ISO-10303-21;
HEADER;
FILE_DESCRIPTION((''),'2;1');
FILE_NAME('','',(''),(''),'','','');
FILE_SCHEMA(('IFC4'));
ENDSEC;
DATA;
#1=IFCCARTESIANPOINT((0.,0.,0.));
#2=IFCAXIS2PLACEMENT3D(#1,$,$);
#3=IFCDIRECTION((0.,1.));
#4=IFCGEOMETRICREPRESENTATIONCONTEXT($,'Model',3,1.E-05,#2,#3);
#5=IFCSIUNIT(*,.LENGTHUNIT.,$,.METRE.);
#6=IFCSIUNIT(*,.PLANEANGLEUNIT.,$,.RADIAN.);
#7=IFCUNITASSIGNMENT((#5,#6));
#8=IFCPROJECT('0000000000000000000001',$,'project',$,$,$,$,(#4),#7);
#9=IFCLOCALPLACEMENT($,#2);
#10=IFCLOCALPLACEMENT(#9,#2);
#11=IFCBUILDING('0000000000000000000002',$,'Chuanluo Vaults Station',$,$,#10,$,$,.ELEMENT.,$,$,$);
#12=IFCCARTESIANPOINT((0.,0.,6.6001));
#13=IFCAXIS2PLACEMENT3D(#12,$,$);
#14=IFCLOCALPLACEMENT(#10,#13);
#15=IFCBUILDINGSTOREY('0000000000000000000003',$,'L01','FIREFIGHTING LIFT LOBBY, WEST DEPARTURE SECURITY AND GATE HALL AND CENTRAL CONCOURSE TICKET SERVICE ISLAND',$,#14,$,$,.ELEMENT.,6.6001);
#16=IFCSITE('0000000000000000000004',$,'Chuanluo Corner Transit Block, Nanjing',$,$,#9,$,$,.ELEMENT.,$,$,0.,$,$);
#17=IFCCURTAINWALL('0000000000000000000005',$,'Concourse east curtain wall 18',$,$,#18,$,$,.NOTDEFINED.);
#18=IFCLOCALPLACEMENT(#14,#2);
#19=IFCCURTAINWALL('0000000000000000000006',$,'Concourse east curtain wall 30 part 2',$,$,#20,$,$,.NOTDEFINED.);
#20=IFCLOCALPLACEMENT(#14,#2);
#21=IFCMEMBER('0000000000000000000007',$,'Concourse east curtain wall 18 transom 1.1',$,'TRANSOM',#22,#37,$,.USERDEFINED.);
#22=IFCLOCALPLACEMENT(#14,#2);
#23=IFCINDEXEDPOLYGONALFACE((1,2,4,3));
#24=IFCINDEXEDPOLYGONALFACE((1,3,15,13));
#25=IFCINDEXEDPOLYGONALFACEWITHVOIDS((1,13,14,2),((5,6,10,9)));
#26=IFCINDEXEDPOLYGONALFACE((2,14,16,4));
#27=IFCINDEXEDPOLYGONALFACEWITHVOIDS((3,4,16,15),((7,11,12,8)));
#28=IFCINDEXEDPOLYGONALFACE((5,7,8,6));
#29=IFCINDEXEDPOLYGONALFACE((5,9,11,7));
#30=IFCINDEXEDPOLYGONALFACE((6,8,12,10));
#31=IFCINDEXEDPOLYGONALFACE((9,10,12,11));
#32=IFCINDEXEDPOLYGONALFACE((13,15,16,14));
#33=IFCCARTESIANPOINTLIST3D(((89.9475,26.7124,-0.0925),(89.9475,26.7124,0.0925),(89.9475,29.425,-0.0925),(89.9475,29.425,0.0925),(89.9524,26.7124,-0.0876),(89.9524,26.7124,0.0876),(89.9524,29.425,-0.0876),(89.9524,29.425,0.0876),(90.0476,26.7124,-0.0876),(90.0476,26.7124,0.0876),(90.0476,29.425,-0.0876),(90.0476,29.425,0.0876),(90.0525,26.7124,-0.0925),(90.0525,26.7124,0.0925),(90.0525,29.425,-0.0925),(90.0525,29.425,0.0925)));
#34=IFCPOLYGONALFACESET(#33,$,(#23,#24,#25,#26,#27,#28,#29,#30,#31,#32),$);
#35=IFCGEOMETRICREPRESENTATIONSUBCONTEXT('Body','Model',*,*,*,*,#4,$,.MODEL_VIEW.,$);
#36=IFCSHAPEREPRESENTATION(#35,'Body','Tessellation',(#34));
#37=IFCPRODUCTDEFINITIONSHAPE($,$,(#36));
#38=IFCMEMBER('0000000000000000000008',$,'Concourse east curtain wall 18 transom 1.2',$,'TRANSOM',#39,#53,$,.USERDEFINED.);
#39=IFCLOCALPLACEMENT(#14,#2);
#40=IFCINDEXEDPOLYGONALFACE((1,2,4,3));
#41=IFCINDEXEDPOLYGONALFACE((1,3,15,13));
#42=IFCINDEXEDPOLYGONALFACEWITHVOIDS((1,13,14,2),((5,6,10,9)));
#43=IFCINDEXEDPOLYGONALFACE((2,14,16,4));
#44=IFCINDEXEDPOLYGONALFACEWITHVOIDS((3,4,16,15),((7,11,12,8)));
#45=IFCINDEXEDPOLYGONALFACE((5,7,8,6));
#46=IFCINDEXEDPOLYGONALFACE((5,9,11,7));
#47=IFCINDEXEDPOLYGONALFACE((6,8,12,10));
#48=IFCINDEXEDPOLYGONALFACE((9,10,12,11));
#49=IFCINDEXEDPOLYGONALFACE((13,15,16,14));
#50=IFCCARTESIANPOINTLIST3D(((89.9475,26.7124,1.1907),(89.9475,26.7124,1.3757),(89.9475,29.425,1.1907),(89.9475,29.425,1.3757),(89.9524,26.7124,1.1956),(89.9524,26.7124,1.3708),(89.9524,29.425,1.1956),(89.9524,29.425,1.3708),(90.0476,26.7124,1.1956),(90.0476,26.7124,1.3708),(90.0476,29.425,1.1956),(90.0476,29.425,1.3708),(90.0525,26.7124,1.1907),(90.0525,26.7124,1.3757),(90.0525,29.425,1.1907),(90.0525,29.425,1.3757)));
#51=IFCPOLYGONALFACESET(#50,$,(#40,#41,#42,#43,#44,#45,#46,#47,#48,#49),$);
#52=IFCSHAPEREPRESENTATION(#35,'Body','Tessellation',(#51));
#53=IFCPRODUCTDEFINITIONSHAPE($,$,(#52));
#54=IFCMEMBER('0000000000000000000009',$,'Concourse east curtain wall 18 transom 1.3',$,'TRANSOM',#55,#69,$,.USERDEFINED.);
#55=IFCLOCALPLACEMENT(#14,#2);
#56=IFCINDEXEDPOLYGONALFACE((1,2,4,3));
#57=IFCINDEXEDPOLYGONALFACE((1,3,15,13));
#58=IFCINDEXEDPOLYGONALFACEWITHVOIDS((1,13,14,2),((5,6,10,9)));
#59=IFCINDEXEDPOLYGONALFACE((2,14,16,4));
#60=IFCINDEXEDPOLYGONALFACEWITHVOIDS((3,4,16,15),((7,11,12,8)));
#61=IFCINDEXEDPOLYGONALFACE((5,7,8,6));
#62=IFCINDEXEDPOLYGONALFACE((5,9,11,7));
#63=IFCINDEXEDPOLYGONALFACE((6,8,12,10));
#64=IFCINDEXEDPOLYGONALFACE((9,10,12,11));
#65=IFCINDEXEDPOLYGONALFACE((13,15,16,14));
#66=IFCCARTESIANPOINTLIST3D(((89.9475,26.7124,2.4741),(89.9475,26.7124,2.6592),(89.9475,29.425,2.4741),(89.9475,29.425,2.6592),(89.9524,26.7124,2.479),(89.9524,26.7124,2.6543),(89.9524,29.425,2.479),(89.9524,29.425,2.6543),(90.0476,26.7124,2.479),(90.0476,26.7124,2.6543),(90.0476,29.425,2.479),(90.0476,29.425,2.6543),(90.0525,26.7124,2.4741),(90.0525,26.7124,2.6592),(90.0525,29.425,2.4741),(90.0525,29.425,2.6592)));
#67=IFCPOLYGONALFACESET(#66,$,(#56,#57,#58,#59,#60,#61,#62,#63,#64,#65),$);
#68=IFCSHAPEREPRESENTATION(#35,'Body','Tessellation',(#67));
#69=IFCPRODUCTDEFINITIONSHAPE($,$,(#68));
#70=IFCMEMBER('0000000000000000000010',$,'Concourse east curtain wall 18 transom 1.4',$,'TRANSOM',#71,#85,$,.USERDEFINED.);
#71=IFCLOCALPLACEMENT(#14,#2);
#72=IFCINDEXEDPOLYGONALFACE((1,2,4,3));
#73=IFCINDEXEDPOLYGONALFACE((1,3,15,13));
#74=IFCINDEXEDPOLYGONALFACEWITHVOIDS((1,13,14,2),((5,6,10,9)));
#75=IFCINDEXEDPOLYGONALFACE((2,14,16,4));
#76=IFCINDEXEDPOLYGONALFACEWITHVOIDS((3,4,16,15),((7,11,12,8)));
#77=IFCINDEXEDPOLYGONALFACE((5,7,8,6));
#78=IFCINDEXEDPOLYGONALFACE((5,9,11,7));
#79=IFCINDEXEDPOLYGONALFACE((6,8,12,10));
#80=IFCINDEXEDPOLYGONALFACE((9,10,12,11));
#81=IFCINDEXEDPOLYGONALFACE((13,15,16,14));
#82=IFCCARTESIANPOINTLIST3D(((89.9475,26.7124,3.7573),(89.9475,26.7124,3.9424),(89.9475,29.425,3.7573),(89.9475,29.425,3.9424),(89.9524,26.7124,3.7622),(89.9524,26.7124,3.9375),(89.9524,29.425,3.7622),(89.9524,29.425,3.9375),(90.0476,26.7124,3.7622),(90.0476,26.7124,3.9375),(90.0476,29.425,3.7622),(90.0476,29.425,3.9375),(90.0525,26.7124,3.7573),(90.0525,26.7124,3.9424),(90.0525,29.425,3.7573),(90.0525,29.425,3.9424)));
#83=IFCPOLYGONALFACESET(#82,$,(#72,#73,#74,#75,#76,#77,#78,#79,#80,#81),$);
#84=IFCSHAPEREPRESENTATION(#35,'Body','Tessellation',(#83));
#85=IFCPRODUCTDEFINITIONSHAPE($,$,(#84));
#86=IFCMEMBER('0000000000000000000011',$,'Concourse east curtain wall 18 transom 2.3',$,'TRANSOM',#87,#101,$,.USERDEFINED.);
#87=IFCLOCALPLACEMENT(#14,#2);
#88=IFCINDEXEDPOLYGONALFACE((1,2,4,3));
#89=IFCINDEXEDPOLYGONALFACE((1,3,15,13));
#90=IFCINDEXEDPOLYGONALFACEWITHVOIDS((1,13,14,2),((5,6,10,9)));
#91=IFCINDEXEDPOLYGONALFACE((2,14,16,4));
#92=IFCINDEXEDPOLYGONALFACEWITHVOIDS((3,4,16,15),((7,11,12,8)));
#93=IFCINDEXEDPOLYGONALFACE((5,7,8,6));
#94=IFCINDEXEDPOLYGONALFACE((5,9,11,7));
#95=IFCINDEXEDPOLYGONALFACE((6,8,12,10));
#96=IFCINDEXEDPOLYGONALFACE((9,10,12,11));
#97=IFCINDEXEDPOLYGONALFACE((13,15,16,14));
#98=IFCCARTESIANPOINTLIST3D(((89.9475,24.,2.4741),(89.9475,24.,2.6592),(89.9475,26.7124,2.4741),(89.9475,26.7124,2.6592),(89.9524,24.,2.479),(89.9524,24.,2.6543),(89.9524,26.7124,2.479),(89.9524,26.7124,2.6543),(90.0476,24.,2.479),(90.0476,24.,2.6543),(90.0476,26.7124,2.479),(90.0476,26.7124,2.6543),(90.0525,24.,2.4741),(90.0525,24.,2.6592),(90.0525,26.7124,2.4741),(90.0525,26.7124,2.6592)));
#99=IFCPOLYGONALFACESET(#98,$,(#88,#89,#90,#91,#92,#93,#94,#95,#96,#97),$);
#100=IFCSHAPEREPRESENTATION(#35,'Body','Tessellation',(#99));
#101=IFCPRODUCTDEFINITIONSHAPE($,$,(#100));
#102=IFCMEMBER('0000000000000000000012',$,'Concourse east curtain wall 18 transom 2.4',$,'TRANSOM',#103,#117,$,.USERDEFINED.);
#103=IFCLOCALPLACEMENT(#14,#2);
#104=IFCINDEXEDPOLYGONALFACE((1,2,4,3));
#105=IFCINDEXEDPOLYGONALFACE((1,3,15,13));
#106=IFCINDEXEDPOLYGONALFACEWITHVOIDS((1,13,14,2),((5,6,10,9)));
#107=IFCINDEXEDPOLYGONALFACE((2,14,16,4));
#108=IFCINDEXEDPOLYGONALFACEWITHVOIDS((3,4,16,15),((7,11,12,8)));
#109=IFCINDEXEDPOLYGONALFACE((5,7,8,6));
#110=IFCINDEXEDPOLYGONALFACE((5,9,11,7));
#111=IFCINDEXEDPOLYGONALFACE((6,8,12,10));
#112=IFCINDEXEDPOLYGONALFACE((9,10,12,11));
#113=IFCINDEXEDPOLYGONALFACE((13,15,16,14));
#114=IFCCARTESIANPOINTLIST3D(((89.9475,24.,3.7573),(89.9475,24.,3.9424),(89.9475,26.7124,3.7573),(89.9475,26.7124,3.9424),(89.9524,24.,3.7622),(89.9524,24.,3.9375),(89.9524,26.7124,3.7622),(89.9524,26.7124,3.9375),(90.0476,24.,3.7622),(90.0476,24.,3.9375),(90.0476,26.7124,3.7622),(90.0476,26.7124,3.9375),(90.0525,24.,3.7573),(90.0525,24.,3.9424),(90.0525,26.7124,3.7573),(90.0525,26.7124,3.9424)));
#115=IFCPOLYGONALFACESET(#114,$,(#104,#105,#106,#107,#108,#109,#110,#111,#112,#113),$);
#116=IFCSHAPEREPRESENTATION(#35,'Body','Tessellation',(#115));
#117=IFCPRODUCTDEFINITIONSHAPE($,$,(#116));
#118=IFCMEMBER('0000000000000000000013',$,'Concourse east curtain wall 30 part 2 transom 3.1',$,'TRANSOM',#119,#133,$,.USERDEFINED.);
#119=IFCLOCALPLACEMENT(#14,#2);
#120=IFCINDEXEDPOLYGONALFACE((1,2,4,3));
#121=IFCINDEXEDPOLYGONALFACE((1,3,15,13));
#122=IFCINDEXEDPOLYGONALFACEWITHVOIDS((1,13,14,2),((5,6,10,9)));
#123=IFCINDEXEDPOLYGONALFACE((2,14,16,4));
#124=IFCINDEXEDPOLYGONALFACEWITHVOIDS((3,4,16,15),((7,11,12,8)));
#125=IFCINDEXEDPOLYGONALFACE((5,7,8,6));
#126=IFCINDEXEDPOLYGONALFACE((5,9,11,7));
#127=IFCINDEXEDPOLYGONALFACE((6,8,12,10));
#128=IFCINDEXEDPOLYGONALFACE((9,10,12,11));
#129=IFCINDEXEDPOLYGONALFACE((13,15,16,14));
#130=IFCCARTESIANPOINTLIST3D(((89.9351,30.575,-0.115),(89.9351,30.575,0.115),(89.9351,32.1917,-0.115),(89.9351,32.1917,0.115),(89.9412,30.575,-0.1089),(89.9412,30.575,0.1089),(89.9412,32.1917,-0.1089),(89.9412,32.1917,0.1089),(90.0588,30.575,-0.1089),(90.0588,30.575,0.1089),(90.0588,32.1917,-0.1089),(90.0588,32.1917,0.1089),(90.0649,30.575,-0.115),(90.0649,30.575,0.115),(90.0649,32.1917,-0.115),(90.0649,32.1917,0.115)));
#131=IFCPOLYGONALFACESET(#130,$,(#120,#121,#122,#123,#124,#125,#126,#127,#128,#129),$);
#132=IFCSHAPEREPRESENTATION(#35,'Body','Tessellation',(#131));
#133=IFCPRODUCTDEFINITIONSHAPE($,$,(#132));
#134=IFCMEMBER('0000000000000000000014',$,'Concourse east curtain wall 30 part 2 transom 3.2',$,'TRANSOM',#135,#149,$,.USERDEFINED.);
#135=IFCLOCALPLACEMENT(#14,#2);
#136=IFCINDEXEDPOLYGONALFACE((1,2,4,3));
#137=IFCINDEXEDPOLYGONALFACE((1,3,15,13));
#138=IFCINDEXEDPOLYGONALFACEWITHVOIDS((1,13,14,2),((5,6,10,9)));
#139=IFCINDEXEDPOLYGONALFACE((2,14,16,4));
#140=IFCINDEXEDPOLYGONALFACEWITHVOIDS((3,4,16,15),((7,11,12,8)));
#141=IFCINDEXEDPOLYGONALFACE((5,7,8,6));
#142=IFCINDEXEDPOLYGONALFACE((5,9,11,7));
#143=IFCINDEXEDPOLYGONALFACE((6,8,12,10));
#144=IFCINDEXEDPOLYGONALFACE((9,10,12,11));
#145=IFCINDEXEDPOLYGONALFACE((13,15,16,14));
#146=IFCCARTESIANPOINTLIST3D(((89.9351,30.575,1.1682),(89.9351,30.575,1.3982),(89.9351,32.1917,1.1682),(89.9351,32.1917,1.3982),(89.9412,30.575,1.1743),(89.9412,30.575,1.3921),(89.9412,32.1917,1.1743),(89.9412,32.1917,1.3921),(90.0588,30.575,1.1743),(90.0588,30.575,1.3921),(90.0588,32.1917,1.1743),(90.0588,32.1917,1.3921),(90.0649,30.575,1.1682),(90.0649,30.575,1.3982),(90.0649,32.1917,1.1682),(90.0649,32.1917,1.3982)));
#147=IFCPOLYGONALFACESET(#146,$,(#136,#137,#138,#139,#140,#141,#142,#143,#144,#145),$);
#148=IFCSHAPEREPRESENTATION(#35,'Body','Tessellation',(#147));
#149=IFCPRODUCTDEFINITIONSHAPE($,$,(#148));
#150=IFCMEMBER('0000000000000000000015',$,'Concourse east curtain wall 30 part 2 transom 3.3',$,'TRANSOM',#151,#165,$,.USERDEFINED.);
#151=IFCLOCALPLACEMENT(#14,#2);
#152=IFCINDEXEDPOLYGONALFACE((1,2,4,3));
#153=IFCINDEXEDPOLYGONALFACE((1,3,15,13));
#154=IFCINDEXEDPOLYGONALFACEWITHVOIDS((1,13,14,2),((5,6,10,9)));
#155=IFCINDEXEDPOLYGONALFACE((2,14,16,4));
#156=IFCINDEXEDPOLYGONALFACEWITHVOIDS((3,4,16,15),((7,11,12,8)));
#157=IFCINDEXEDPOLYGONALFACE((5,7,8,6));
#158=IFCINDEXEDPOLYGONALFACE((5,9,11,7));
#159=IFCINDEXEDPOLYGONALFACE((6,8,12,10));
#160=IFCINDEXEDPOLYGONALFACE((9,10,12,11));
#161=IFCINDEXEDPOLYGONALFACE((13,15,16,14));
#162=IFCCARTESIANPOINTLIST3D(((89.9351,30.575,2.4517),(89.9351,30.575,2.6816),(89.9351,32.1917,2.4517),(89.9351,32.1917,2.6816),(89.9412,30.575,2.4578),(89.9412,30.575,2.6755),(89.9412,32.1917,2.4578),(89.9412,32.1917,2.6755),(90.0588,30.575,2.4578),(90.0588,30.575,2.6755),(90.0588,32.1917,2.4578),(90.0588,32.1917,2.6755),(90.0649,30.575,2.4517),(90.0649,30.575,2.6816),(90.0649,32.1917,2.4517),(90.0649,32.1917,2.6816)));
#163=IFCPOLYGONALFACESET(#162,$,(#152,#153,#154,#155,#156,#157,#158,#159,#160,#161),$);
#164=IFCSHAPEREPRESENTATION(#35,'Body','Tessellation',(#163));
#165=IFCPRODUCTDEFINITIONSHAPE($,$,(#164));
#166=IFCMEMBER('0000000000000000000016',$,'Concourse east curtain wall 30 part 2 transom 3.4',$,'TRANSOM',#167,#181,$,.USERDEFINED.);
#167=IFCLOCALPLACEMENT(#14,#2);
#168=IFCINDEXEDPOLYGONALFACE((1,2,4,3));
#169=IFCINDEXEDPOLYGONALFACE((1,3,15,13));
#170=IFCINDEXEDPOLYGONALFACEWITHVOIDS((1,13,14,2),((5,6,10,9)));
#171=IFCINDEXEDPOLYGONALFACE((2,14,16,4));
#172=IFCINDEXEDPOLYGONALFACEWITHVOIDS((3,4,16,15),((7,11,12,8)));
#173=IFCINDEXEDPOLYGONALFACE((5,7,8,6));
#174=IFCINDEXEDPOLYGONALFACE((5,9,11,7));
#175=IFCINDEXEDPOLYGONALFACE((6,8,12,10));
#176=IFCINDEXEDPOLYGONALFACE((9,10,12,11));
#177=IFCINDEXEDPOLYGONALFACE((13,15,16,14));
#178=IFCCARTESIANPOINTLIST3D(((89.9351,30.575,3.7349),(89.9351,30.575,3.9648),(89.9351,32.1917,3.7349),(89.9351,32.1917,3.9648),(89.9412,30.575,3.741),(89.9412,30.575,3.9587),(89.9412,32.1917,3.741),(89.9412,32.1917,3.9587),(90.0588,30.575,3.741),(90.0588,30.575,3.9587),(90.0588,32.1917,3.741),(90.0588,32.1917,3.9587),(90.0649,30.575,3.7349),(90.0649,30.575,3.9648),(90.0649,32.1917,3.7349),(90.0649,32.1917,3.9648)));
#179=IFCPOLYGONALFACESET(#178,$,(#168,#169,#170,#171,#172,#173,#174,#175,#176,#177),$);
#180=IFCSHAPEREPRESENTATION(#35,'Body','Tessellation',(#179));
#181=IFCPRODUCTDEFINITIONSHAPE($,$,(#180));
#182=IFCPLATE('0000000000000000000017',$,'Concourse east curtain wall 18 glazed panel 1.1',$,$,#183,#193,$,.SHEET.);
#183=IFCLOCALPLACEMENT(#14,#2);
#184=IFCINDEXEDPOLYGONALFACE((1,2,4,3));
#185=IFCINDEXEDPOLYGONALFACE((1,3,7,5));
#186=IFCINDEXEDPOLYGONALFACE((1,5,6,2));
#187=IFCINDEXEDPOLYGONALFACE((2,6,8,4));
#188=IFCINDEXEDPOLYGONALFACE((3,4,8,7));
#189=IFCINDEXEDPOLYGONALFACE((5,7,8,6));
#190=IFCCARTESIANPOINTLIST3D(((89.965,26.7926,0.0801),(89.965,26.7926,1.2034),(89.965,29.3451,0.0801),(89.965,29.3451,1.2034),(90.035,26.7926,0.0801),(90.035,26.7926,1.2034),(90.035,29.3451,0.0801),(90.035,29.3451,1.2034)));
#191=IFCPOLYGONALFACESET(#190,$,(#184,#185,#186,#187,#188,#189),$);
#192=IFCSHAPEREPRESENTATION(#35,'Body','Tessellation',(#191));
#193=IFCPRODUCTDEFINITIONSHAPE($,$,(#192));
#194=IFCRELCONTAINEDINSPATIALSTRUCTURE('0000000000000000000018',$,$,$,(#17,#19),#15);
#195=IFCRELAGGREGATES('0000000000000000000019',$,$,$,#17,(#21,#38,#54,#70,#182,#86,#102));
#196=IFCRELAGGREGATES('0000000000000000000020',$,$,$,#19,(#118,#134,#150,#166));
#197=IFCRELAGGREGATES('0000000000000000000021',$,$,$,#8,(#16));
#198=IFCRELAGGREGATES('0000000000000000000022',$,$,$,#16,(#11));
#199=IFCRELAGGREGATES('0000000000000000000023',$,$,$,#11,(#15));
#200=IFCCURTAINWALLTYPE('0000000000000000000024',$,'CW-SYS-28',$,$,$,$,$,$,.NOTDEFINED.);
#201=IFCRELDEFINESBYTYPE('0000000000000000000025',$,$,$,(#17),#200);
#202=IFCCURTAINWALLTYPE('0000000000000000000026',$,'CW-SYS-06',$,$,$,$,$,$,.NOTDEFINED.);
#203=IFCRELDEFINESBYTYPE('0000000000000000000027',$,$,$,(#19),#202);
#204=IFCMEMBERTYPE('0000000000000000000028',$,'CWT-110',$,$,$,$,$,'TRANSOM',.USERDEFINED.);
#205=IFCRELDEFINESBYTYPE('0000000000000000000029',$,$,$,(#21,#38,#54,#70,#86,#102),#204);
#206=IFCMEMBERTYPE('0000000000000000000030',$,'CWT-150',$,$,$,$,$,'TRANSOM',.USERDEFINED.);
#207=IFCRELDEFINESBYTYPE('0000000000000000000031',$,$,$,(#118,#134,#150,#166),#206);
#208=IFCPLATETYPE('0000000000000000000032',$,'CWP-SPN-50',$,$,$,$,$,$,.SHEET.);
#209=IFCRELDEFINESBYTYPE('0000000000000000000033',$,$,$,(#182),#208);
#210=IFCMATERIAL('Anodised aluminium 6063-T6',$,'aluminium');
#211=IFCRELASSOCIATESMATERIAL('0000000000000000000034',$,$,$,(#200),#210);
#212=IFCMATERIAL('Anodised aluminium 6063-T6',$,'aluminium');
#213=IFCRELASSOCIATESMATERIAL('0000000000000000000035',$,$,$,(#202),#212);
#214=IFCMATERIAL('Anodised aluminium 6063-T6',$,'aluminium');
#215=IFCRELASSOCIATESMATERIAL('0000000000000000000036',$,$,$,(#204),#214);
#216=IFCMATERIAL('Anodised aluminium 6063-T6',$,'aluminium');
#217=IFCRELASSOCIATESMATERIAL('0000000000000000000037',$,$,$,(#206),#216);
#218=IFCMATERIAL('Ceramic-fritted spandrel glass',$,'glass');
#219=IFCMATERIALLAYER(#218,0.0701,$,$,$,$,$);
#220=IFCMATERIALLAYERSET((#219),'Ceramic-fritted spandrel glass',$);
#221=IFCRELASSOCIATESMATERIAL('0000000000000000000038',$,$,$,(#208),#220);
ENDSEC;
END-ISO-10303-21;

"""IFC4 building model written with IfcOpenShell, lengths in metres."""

from ifc_helpers import new_model, si_unit, direction, frame, origin, origin_2d, place, context, subcontext, project, spatial, rectangle, hollow_rectangle, extrude, material, layer, layer_set, material_profile, profile_set, type_object, element, aggregate, save


model = new_model("IFC4")

# Units and contexts
model_context = context("Model", 3, precision=1e-05, world=origin(), true_north=direction((0.0, 1.0)))
body_context = subcontext(model_context, "Body", "Model", "MODEL_VIEW")
ifc_project = project(units=[si_unit("LENGTHUNIT", "METRE"), si_unit("PLANEANGLEUNIT", "RADIAN")], contexts=[model_context])

# Site, building, storey
site_placement = place(None, origin())
site = spatial("IfcSite", under=ifc_project, at=site_placement, Name="Chuanluo Corner Transit Block, Nanjing", CompositionType="ELEMENT", RefElevation=0.0)
building_placement = place(site_placement, origin())
building = spatial("IfcBuilding", under=site, at=building_placement, Name="Chuanluo Vaults Station", CompositionType="ELEMENT")
storey_placement = place(building_placement, frame((0.0, 0.0, 6.6001)))
storey = spatial("IfcBuildingStorey", under=building, at=storey_placement, Name="L01", Description="FIREFIGHTING LIFT LOBBY, WEST DEPARTURE SECURITY AND GATE HALL AND CENTRAL CONCOURSE TICKET SERVICE ISLAND", CompositionType="ELEMENT", Elevation=6.6001)

# Curtain wall
ifc_material_1 = material(Name="Anodised aluminium 6063-T6", Category="aluminium")
curtain_wall_type_1 = type_object("IfcCurtainWallType", Name="CW-SYS-28", PredefinedType="NOTDEFINED", material=ifc_material_1)
curtain_wall_1_placement = place(storey_placement, origin())
curtain_wall_1 = element("IfcCurtainWall", 1, at=curtain_wall_1_placement, inside=storey, type_object=curtain_wall_type_1, Name="Concourse east curtain wall 18", PredefinedType="NOTDEFINED")

# Curtain wall
ifc_material_2 = material(Name="Anodised aluminium 6063-T6", Category="aluminium")
curtain_wall_type_2 = type_object("IfcCurtainWallType", Name="CW-SYS-06", PredefinedType="NOTDEFINED", material=ifc_material_2)
curtain_wall_2_placement = place(storey_placement, origin())
curtain_wall_2 = element("IfcCurtainWall", 2, at=curtain_wall_2_placement, inside=storey, type_object=curtain_wall_type_2, Name="Concourse east curtain wall 30 part 2", PredefinedType="NOTDEFINED")

# Members
ifc_material_3 = material(Name="Anodised aluminium 6063-T6", Category="aluminium")
ifc_material_profile_1 = material_profile(ifc_material_3, hollow_rectangle(XDim=0.105, YDim=0.1851, WallThickness=0.0049, at=origin_2d()))
ifc_profile_set_1 = profile_set([ifc_material_profile_1], Name="Anodised aluminium 6063-T6")
member_type_1 = type_object("IfcMemberType", Name="CWT-110", ElementType="TRANSOM", PredefinedType="USERDEFINED", material=ifc_profile_set_1)
member_1_placement = place(storey_placement, frame((90.0, 29.425, 0.0), z_axis=(0.0, -1.0, 0.0), x_axis=(1.0, 0.0, 0.0)))
member_1 = element("IfcMember", 3, at=member_1_placement, type_object=member_type_1, Name="Concourse east curtain wall 18 transom 1.1", ObjectType="TRANSOM", PredefinedType="USERDEFINED", context=body_context, shape_type="SweptSolid", body=[
    extrude(hollow_rectangle(XDim=0.105, YDim=0.1851, WallThickness=0.0049, at=origin_2d()), origin(), (0.0, 0.0, 1.0), 2.7126),
])
member_2_placement = place(storey_placement, frame((90.0, 29.425, 1.2832), z_axis=(0.0, -1.0, 0.0), x_axis=(1.0, 0.0, 0.0)))
member_2 = element("IfcMember", 4, at=member_2_placement, type_object=member_type_1, Name="Concourse east curtain wall 18 transom 1.2", ObjectType="TRANSOM", PredefinedType="USERDEFINED", context=body_context, shape_type="SweptSolid", body=[
    extrude(hollow_rectangle(XDim=0.105, YDim=0.1851, WallThickness=0.0049, at=origin_2d()), origin(), (0.0, 0.0, 1.0), 2.7126),
])
member_3_placement = place(storey_placement, frame((90.0, 29.425, 2.5667), z_axis=(0.0, -1.0, 0.0), x_axis=(1.0, 0.0, 0.0)))
member_3 = element("IfcMember", 5, at=member_3_placement, type_object=member_type_1, Name="Concourse east curtain wall 18 transom 1.3", ObjectType="TRANSOM", PredefinedType="USERDEFINED", context=body_context, shape_type="SweptSolid", body=[
    extrude(hollow_rectangle(XDim=0.105, YDim=0.1851, WallThickness=0.0049, at=origin_2d()), origin(), (0.0, 0.0, 1.0), 2.7126),
])
member_4_placement = place(storey_placement, frame((90.0, 29.425, 3.8499), z_axis=(0.0, -1.0, 0.0), x_axis=(1.0, 0.0, 0.0)))
member_4 = element("IfcMember", 6, at=member_4_placement, type_object=member_type_1, Name="Concourse east curtain wall 18 transom 1.4", ObjectType="TRANSOM", PredefinedType="USERDEFINED", context=body_context, shape_type="SweptSolid", body=[
    extrude(hollow_rectangle(XDim=0.105, YDim=0.1851, WallThickness=0.0049, at=origin_2d()), origin(), (0.0, 0.0, 1.0), 2.7126),
])
member_5_placement = place(storey_placement, frame((90.0, 26.7124, 2.5667), z_axis=(0.0, -1.0, 0.0), x_axis=(1.0, 0.0, 0.0)))
member_5 = element("IfcMember", 7, at=member_5_placement, type_object=member_type_1, Name="Concourse east curtain wall 18 transom 2.3", ObjectType="TRANSOM", PredefinedType="USERDEFINED", context=body_context, shape_type="SweptSolid", body=[
    extrude(hollow_rectangle(XDim=0.105, YDim=0.1851, WallThickness=0.0049, at=origin_2d()), origin(), (0.0, 0.0, 1.0), 2.7124),
])
member_6_placement = place(storey_placement, frame((90.0, 26.7124, 3.8499), z_axis=(0.0, -1.0, 0.0), x_axis=(1.0, 0.0, 0.0)))
member_6 = element("IfcMember", 8, at=member_6_placement, type_object=member_type_1, Name="Concourse east curtain wall 18 transom 2.4", ObjectType="TRANSOM", PredefinedType="USERDEFINED", context=body_context, shape_type="SweptSolid", body=[
    extrude(hollow_rectangle(XDim=0.105, YDim=0.1851, WallThickness=0.0049, at=origin_2d()), origin(), (0.0, 0.0, 1.0), 2.7124),
])
ifc_material_4 = material(Name="Anodised aluminium 6063-T6", Category="aluminium")
ifc_material_profile_2 = material_profile(ifc_material_4, hollow_rectangle(XDim=0.1299, YDim=0.23, WallThickness=0.0061, at=origin_2d()))
ifc_profile_set_2 = profile_set([ifc_material_profile_2], Name="Anodised aluminium 6063-T6")
member_type_2 = type_object("IfcMemberType", Name="CWT-150", ElementType="TRANSOM", PredefinedType="USERDEFINED", material=ifc_profile_set_2)
member_7_placement = place(storey_placement, frame((90.0, 32.1917, 0.0), z_axis=(0.0, -1.0, 0.0), x_axis=(1.0, 0.0, 0.0)))
member_7 = element("IfcMember", 9, at=member_7_placement, type_object=member_type_2, Name="Concourse east curtain wall 30 part 2 transom 3.1", ObjectType="TRANSOM", PredefinedType="USERDEFINED", context=body_context, shape_type="SweptSolid", body=[
    extrude(hollow_rectangle(XDim=0.1299, YDim=0.23, WallThickness=0.0061, at=origin_2d()), origin(), (0.0, 0.0, 1.0), 1.6167),
])
member_8_placement = place(storey_placement, frame((90.0, 32.1917, 1.2832), z_axis=(0.0, -1.0, 0.0), x_axis=(1.0, 0.0, 0.0)))
member_8 = element("IfcMember", 10, at=member_8_placement, type_object=member_type_2, Name="Concourse east curtain wall 30 part 2 transom 3.2", ObjectType="TRANSOM", PredefinedType="USERDEFINED", context=body_context, shape_type="SweptSolid", body=[
    extrude(hollow_rectangle(XDim=0.1299, YDim=0.23, WallThickness=0.0061, at=origin_2d()), origin(), (0.0, 0.0, 1.0), 1.6167),
])
member_9_placement = place(storey_placement, frame((90.0, 32.1917, 2.5667), z_axis=(0.0, -1.0, 0.0), x_axis=(1.0, 0.0, 0.0)))
member_9 = element("IfcMember", 11, at=member_9_placement, type_object=member_type_2, Name="Concourse east curtain wall 30 part 2 transom 3.3", ObjectType="TRANSOM", PredefinedType="USERDEFINED", context=body_context, shape_type="SweptSolid", body=[
    extrude(hollow_rectangle(XDim=0.1299, YDim=0.23, WallThickness=0.0061, at=origin_2d()), origin(), (0.0, 0.0, 1.0), 1.6167),
])
member_10_placement = place(storey_placement, frame((90.0, 32.1917, 3.8499), z_axis=(0.0, -1.0, 0.0), x_axis=(1.0, 0.0, 0.0)))
member_10 = element("IfcMember", 12, at=member_10_placement, type_object=member_type_2, Name="Concourse east curtain wall 30 part 2 transom 3.4", ObjectType="TRANSOM", PredefinedType="USERDEFINED", context=body_context, shape_type="SweptSolid", body=[
    extrude(hollow_rectangle(XDim=0.1299, YDim=0.23, WallThickness=0.0061, at=origin_2d()), origin(), (0.0, 0.0, 1.0), 1.6167),
])

# Plate
ifc_material_5 = material(Name="Ceramic-fritted spandrel glass", Category="glass")
ifc_layer_1 = layer(ifc_material_5, 0.0701)
ifc_layer_set_1 = layer_set([ifc_layer_1], Name="Ceramic-fritted spandrel glass")
plate_type_1 = type_object("IfcPlateType", Name="CWP-SPN-50", PredefinedType="SHEET", material=ifc_layer_set_1)
plate_1_placement = place(storey_placement, frame((90.0, 28.0688, 0.0801), z_axis=(0.0, 0.0, 1.0), x_axis=(0.0, -1.0, 0.0)))
plate_1 = element("IfcPlate", 13, at=plate_1_placement, type_object=plate_type_1, Name="Concourse east curtain wall 18 glazed panel 1.1", PredefinedType="SHEET", context=body_context, shape_type="SweptSolid", body=[
    extrude(rectangle(XDim=2.5525, YDim=0.0701, at=origin_2d()), origin(), (0.0, 0.0, 1.0), 1.1233),
])
aggregate(curtain_wall_1, [member_1, member_2, member_3, member_4, plate_1, member_5, member_6])
aggregate(curtain_wall_2, [member_7, member_8, member_9, member_10])

save(model, "model.ifc")
